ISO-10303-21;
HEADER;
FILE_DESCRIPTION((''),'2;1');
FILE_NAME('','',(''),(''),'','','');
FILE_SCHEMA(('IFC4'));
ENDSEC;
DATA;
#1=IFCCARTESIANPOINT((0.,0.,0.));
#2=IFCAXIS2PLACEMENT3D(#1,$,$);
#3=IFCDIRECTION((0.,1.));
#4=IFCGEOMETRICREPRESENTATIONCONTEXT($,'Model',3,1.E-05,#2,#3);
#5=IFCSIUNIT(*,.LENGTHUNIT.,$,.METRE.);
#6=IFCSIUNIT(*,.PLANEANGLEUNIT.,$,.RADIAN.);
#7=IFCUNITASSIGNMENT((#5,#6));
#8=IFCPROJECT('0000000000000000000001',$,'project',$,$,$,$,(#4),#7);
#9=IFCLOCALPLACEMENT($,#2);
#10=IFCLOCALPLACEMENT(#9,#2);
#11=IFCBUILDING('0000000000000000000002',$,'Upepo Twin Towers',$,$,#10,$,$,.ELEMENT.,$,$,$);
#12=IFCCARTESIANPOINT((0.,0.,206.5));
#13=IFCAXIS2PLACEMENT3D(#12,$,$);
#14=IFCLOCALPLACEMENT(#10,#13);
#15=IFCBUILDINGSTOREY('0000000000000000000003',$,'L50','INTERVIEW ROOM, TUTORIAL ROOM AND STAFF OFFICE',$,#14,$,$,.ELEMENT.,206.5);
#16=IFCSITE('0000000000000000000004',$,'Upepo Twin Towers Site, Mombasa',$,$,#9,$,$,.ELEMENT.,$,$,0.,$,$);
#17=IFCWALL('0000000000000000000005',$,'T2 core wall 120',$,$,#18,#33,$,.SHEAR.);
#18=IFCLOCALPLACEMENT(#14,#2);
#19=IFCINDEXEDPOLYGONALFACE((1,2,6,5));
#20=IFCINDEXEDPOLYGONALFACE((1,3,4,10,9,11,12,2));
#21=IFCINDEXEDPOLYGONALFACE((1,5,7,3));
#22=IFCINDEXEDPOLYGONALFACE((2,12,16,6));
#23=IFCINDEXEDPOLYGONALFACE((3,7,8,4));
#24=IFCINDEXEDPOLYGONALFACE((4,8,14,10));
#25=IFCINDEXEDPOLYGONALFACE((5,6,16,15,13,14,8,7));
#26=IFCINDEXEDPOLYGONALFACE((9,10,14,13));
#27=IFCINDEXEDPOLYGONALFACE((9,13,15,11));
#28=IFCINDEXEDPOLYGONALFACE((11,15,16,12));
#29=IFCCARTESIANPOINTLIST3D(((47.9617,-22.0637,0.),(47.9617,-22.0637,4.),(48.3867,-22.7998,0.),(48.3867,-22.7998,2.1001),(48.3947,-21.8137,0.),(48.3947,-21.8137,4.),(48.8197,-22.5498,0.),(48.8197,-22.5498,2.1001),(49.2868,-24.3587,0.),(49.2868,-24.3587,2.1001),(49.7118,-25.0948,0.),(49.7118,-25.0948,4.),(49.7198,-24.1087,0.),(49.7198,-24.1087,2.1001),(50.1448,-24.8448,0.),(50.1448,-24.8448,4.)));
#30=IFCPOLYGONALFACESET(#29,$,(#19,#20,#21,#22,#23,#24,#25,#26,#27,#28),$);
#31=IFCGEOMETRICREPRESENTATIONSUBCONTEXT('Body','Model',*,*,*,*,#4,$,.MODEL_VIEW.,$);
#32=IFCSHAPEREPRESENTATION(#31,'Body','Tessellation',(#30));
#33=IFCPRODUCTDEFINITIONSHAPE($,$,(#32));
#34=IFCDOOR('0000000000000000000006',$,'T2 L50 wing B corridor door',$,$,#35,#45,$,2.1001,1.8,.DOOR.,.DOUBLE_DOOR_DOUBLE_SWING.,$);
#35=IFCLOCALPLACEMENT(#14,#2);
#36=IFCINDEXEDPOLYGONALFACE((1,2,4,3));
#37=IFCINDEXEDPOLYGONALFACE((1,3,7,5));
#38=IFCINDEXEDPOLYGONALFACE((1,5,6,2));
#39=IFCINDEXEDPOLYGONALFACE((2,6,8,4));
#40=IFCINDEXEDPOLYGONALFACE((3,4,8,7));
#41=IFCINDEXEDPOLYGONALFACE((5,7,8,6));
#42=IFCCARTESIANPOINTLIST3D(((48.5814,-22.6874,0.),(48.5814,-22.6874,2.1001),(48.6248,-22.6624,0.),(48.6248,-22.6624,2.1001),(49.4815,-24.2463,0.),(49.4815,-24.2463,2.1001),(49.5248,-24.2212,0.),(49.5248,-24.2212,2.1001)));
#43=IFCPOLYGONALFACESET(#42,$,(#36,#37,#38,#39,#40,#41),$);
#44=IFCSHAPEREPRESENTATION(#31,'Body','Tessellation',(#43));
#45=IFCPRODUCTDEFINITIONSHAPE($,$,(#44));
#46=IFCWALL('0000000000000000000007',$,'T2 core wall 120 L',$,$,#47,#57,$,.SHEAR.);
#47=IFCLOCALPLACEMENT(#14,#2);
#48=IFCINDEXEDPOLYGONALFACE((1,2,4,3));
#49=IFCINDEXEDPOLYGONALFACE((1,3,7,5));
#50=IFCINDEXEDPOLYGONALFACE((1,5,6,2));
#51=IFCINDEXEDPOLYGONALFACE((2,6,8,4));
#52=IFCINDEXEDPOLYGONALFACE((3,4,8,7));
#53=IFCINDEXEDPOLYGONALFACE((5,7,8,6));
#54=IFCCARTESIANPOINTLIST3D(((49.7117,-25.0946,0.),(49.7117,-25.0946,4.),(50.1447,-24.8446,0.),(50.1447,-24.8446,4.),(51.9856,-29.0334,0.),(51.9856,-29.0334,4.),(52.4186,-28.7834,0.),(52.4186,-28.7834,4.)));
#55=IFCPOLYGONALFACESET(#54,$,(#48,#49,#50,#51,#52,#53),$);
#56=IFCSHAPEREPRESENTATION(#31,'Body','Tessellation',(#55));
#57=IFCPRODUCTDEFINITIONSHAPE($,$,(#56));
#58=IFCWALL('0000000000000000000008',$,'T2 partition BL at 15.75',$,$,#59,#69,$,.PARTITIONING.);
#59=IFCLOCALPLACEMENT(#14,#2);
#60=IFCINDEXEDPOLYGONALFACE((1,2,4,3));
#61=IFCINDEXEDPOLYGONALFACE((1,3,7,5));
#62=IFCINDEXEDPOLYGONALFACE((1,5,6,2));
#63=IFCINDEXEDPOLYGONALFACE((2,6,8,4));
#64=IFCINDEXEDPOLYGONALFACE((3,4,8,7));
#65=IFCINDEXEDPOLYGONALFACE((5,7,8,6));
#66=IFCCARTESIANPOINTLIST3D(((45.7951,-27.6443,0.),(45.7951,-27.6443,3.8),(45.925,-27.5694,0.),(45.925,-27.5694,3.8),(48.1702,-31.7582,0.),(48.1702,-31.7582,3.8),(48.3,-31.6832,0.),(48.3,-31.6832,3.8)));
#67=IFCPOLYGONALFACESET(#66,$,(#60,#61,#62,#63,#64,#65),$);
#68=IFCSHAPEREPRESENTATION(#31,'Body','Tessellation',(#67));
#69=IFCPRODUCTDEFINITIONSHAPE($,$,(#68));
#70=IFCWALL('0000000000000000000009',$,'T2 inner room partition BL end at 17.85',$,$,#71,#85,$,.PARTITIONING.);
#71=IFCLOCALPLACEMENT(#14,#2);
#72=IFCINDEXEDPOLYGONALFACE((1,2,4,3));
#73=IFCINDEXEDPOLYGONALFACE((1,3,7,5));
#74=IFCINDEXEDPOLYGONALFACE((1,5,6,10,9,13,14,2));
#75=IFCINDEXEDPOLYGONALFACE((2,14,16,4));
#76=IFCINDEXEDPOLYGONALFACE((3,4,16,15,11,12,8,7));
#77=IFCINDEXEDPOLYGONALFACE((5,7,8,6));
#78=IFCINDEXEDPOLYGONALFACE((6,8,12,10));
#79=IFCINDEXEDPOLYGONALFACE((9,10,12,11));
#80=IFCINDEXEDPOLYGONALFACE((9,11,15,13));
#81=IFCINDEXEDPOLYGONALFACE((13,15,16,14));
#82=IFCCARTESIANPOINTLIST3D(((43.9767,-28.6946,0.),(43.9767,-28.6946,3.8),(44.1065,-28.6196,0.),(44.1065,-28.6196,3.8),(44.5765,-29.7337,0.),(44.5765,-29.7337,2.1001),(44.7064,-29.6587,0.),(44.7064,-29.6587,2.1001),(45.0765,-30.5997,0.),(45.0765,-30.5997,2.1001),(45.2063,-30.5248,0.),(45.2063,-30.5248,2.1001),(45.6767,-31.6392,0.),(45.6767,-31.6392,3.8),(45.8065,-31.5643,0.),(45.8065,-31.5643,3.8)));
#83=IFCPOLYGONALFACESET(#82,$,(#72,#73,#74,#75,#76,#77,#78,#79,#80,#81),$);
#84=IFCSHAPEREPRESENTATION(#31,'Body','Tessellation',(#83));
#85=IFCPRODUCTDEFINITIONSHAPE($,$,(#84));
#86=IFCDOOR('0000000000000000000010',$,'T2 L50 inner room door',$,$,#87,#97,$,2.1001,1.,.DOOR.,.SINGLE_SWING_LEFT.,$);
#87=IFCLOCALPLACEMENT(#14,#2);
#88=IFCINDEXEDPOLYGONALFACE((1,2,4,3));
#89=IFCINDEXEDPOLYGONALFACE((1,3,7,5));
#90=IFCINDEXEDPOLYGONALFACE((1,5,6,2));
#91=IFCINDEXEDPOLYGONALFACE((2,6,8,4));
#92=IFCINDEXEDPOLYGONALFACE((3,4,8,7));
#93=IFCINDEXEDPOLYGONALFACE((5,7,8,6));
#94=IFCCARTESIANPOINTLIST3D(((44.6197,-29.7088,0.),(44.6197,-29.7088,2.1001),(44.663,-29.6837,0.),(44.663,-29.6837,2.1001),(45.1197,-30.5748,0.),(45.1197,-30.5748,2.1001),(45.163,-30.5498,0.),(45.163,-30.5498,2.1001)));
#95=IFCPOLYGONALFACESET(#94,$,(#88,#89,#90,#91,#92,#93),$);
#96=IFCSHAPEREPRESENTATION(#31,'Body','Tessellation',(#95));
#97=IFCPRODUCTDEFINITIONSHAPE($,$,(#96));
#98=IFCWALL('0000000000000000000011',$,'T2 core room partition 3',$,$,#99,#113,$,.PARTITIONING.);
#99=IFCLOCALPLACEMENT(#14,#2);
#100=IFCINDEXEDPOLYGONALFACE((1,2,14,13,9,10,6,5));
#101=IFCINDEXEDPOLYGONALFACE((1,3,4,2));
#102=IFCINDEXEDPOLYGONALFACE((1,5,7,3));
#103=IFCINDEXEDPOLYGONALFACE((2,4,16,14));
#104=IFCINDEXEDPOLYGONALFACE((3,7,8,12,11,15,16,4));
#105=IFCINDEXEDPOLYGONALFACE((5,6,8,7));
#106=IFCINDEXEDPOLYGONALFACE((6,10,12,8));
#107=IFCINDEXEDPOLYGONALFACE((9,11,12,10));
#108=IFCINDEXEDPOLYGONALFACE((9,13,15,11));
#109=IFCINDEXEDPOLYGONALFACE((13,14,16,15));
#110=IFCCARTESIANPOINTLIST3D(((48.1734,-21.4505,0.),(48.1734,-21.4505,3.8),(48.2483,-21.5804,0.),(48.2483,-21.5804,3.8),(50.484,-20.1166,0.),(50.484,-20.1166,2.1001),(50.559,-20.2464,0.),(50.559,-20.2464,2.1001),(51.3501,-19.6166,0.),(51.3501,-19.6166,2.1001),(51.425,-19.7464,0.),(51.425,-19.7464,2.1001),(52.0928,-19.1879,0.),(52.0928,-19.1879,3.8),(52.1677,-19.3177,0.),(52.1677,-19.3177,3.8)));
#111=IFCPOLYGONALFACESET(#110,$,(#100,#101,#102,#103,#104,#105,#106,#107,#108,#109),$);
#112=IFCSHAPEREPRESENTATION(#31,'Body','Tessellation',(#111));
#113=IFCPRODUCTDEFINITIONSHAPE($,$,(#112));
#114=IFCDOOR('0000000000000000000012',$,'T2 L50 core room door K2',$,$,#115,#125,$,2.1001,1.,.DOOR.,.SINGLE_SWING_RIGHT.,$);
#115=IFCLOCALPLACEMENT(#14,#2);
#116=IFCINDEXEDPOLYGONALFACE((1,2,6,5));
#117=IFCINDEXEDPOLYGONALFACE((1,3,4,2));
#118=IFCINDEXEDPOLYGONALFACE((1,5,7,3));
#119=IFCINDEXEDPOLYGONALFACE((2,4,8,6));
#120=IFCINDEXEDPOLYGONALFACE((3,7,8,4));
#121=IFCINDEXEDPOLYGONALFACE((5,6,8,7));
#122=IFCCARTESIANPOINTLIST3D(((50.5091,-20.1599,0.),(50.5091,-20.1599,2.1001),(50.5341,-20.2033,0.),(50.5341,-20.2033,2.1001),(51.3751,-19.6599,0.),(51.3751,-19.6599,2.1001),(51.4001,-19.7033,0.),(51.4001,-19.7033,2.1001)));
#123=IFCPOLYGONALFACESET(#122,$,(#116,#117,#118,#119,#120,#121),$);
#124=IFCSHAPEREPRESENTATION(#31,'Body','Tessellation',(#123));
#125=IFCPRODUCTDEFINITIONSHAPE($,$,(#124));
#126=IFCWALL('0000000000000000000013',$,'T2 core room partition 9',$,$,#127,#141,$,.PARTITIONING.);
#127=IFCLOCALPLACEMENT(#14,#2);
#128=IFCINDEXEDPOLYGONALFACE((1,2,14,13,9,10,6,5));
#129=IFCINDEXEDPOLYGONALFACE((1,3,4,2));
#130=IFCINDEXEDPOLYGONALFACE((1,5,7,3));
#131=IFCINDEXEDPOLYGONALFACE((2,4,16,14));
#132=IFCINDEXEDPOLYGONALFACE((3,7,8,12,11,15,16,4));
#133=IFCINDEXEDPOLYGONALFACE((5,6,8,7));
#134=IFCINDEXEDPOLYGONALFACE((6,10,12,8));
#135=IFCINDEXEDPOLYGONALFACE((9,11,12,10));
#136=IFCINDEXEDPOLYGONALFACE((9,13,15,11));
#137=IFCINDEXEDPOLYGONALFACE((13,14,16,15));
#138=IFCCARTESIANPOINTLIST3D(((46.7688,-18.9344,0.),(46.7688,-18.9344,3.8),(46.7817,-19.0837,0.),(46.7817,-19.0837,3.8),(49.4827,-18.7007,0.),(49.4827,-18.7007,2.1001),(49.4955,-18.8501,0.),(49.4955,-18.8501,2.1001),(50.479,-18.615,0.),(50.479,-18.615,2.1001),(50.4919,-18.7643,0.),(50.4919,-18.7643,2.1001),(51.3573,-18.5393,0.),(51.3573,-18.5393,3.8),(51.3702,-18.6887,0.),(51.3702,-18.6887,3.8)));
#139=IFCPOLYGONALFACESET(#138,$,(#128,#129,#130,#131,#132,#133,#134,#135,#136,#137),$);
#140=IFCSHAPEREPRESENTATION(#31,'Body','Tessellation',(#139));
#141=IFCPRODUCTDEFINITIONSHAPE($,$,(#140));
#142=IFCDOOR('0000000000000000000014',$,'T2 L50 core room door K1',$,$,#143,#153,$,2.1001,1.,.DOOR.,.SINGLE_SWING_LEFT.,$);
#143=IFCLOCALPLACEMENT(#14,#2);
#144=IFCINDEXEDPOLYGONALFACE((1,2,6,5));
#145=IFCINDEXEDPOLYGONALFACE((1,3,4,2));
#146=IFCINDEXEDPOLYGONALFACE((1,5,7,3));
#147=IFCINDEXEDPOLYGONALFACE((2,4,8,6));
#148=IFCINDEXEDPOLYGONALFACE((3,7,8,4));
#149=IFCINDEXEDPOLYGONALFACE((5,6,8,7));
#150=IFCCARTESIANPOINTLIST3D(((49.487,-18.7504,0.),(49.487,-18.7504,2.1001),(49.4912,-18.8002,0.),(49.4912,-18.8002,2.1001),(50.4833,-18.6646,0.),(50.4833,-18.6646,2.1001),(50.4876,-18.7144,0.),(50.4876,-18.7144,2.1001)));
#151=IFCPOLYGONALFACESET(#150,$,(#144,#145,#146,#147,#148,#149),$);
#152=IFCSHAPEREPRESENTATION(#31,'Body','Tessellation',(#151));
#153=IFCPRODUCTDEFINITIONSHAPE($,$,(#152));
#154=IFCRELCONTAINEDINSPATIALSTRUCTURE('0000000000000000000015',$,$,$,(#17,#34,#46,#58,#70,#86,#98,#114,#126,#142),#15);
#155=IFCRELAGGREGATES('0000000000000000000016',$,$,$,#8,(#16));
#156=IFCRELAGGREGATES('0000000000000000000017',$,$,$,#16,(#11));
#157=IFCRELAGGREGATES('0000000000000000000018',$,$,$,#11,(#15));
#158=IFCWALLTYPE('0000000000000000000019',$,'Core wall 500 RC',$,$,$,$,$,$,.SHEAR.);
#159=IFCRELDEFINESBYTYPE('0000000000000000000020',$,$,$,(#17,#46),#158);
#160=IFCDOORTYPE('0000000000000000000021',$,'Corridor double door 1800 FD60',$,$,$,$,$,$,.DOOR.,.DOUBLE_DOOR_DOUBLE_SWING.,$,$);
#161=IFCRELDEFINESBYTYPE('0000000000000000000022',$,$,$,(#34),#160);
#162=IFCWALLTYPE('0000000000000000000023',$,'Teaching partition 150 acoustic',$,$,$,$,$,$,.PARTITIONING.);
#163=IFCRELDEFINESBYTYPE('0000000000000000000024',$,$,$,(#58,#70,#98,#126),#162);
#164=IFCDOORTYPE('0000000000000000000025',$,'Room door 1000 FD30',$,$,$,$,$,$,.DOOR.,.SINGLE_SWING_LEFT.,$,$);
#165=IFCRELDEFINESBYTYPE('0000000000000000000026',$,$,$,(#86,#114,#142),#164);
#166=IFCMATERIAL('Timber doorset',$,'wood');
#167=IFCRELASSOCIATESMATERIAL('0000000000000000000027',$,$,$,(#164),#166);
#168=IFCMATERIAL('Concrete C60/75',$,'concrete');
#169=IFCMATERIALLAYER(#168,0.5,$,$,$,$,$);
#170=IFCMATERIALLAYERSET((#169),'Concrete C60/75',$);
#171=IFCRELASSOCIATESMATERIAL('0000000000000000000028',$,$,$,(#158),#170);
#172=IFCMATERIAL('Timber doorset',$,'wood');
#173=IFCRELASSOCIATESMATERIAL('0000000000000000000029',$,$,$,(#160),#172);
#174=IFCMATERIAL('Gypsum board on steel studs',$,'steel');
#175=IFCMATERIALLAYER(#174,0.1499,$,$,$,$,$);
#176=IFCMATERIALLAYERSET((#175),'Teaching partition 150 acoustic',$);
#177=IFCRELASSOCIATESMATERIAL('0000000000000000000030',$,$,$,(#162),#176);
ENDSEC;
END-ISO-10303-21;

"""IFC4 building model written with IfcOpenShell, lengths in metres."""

from ifc_helpers import new_model, si_unit, direction, frame, frame_2d, origin, place, context, subcontext, project, spatial, rectangle, extrude, material, layer, layer_set, type_object, element, fill, save


model = new_model("IFC4")

# Units and contexts
model_context = context("Model", 3, precision=1e-05, world=origin(), true_north=direction((0.0, 1.0)))
body_context = subcontext(model_context, "Body", "Model", "MODEL_VIEW")
ifc_project = project(units=[si_unit("LENGTHUNIT", "METRE"), si_unit("PLANEANGLEUNIT", "RADIAN")], contexts=[model_context])

# Site, building, storey
site_placement = place(None, origin())
site = spatial("IfcSite", under=ifc_project, at=site_placement, Name="Upepo Twin Towers Site, Mombasa", CompositionType="ELEMENT", RefElevation=0.0)
building_placement = place(site_placement, origin())
building = spatial("IfcBuilding", under=site, at=building_placement, Name="Upepo Twin Towers", CompositionType="ELEMENT")
storey_placement = place(building_placement, frame((0.0, 0.0, 206.5)))
storey = spatial("IfcBuildingStorey", under=building, at=storey_placement, Name="L50", Description="INTERVIEW ROOM, TUTORIAL ROOM AND STAFF OFFICE", CompositionType="ELEMENT", Elevation=206.5)

# Shared definitions
ifc_material_1 = material(Name="Timber doorset", Category="wood")
door_type_1 = type_object("IfcDoorType", Name="Room door 1000 FD30", OperationType="SINGLE_SWING_LEFT", PredefinedType="DOOR", material=ifc_material_1)

# Shared definitions
ifc_material_2 = material(Name="Concrete C60/75", Category="concrete")
ifc_layer_1 = layer(ifc_material_2, 0.5)
ifc_layer_set_1 = layer_set([ifc_layer_1], Name="Concrete C60/75")
wall_type_1 = type_object("IfcWallType", Name="Core wall 500 RC", PredefinedType="SHEAR", material=ifc_layer_set_1)

# Wall, opening, door
wall_1_placement = place(storey_placement, frame((48.1782, -21.9387, 0.0), z_axis=(0.0, 0.0, 1.0), x_axis=(0.50001, -0.866019, 0.0)))
wall_1 = element("IfcWall", 1, at=wall_1_placement, inside=storey, type_object=wall_type_1, Name="T2 core wall 120", PredefinedType="SHEAR", context=body_context, shape_type="SweptSolid", body=[
    extrude(rectangle(XDim=3.5, YDim=0.5, at=frame_2d((1.75, 0.0))), origin(), (0.0, 0.0, 1.0), 4.0),
])
opening_1_placement = place(wall_1_placement, frame((0.8501, 0.0, 0.0)))
opening_1 = element("IfcOpeningElement", 2, at=opening_1_placement, cuts=wall_1, PredefinedType="OPENING", context=body_context, shape_type="SweptSolid", body=[
    extrude(rectangle(XDim=1.8, YDim=2.1001, at=frame_2d((0.8999, 1.05))), frame((0.0, 0.26, 0.0), z_axis=(0.0, -1.0, 0.0), x_axis=(1.0, 0.0, 0.0)), (0.0, 0.0, 1.0), 0.52),
])
ifc_material_3 = material(Name="Timber doorset", Category="wood")
door_type_2 = type_object("IfcDoorType", Name="Corridor double door 1800 FD60", OperationType="DOUBLE_DOOR_DOUBLE_SWING", PredefinedType="DOOR", material=ifc_material_3)
door_1_placement = place(opening_1_placement, origin())
door_1 = element("IfcDoor", 3, at=door_1_placement, inside=storey, type_object=door_type_2, Name="T2 L50 wing B corridor door", OperationType="DOUBLE_DOOR_DOUBLE_SWING", OverallHeight=2.1001, OverallWidth=1.8, PredefinedType="DOOR", context=body_context, shape_type="SweptSolid", body=[
    extrude(rectangle(XDim=1.8, YDim=2.1001, at=frame_2d((0.8999, 1.05))), frame((0.0, 0.0249, 0.0), z_axis=(0.0, -1.0, 0.0), x_axis=(1.0, 0.0, 0.0)), (0.0, 0.0, 1.0), 0.05),
])
fill(opening_1, door_1)

# Walls
wall_2_placement = place(storey_placement, frame((49.9282, -24.9697, 0.0), z_axis=(0.0, 0.0, 1.0), x_axis=(0.499984, -0.866035, 0.0)))
element("IfcWall", 4, at=wall_2_placement, inside=storey, type_object=wall_type_1, Name="T2 core wall 120 L", PredefinedType="SHEAR", context=body_context, shape_type="SweptSolid", body=[
    extrude(rectangle(XDim=4.5481, YDim=0.5, at=frame_2d((2.2739, 0.0))), origin(), (0.0, 0.0, 1.0), 4.0),
])
ifc_material_4 = material(Name="Gypsum board on steel studs", Category="steel")
ifc_layer_2 = layer(ifc_material_4, 0.1499)
ifc_layer_set_2 = layer_set([ifc_layer_2], Name="Teaching partition 150 acoustic")
wall_type_2 = type_object("IfcWallType", Name="Teaching partition 150 acoustic", PredefinedType="PARTITIONING", material=ifc_layer_set_2)
wall_3_placement = place(storey_placement, frame((45.8601, -27.6069, 0.0), z_axis=(0.0, 0.0, 1.0), x_axis=(0.499986, -0.866033, 0.0)))
element("IfcWall", 5, at=wall_3_placement, inside=storey, type_object=wall_type_2, Name="T2 partition BL at 15.75", PredefinedType="PARTITIONING", context=body_context, shape_type="SweptSolid", body=[
    extrude(rectangle(XDim=4.7502, YDim=0.1499, at=frame_2d((2.375, 0.0))), origin(), (0.0, 0.0, 1.0), 3.8),
])

# Walls, openings, doors
wall_4_placement = place(storey_placement, frame((44.0415, -28.657, 0.0), z_axis=(0.0, 0.0, 1.0), x_axis=(0.499977, -0.866039, 0.0)))
wall_4 = element("IfcWall", 6, at=wall_4_placement, inside=storey, type_object=wall_type_2, Name="T2 inner room partition BL end at 17.85", PredefinedType="PARTITIONING", context=body_context, shape_type="SweptSolid", body=[
    extrude(rectangle(XDim=3.4001, YDim=0.1499, at=frame_2d((1.7002, 0.0))), origin(), (0.0, 0.0, 1.0), 3.8),
])
opening_2_placement = place(wall_4_placement, frame((1.2, 0.0, 0.0)))
opening_2 = element("IfcOpeningElement", 7, at=opening_2_placement, cuts=wall_4, PredefinedType="OPENING", context=body_context, shape_type="SweptSolid", body=[
    extrude(rectangle(XDim=1.0, YDim=2.1001, at=frame_2d((0.5, 1.05))), frame((0.0, 0.085, 0.0), z_axis=(0.0, -1.0, 0.0), x_axis=(1.0, 0.0, 0.0)), (0.0, 0.0, 1.0), 0.1699),
])
door_2_placement = place(opening_2_placement, origin())
door_2 = element("IfcDoor", 8, at=door_2_placement, inside=storey, type_object=door_type_1, Name="T2 L50 inner room door", OperationType="SINGLE_SWING_LEFT", OverallHeight=2.1001, OverallWidth=1.0, PredefinedType="DOOR", context=body_context, shape_type="SweptSolid", body=[
    extrude(rectangle(XDim=1.0, YDim=2.1001, at=frame_2d((0.5, 1.05))), frame((0.0, 0.0249, 0.0), z_axis=(0.0, -1.0, 0.0), x_axis=(1.0, 0.0, 0.0)), (0.0, 0.0, 1.0), 0.05),
])
fill(opening_2, door_2)
wall_5_placement = place(storey_placement, frame((48.2109, -21.5154, 0.0), z_axis=(0.0, 0.0, 1.0), x_axis=(0.866044, 0.499968, 0.0)))
wall_5 = element("IfcWall", 9, at=wall_5_placement, inside=storey, type_object=wall_type_2, Name="T2 core room partition 3", PredefinedType="PARTITIONING", context=body_context, shape_type="SweptSolid", body=[
    extrude(rectangle(XDim=4.5256, YDim=0.1499, at=frame_2d((2.2627, 0.0))), origin(), (0.0, 0.0, 1.0), 3.8),
])
opening_3_placement = place(wall_5_placement, frame((2.668, 0.0, 0.0)))
opening_3 = element("IfcOpeningElement", 10, at=opening_3_placement, cuts=wall_5, PredefinedType="OPENING", context=body_context, shape_type="SweptSolid", body=[
    extrude(rectangle(XDim=1.0, YDim=2.1001, at=frame_2d((0.5, 1.05))), frame((0.0, 0.085, 0.0), z_axis=(0.0, -1.0, 0.0), x_axis=(1.0, 0.0, 0.0)), (0.0, 0.0, 1.0), 0.1699),
])
door_3_placement = place(opening_3_placement, origin())
door_3 = element("IfcDoor", 11, at=door_3_placement, inside=storey, type_object=door_type_1, Name="T2 L50 core room door K2", OperationType="SINGLE_SWING_RIGHT", OverallHeight=2.1001, OverallWidth=1.0, PredefinedType="DOOR", context=body_context, shape_type="SweptSolid", body=[
    extrude(rectangle(XDim=1.0, YDim=2.1001, at=frame_2d((0.5, 1.05))), frame((0.0, 0.0249, 0.0), z_axis=(0.0, -1.0, 0.0), x_axis=(1.0, 0.0, 0.0)), (0.0, 0.0, 1.0), 0.05),
])
fill(opening_3, door_3)
wall_6_placement = place(storey_placement, frame((51.3638, -18.614, 0.0), z_axis=(0.0, 0.0, 1.0), x_axis=(-0.996315, -0.085774, 0.0)))
wall_6 = element("IfcWall", 12, at=wall_6_placement, inside=storey, type_object=wall_type_2, Name="T2 core room partition 9", PredefinedType="PARTITIONING", context=body_context, shape_type="SweptSolid", body=[
    extrude(rectangle(XDim=4.6055, YDim=0.1499, at=frame_2d((2.3027, 0.0))), origin(), (0.0, 0.0, 1.0), 3.8),
])
opening_4_placement = place(wall_6_placement, frame((0.8816, 0.0, 0.0)))
opening_4 = element("IfcOpeningElement", 13, at=opening_4_placement, cuts=wall_6, PredefinedType="OPENING", context=body_context, shape_type="SweptSolid", body=[
    extrude(rectangle(XDim=1.0, YDim=2.1001, at=frame_2d((0.5, 1.05))), frame((0.0, 0.085, 0.0), z_axis=(0.0, -1.0, 0.0), x_axis=(1.0, 0.0, 0.0)), (0.0, 0.0, 1.0), 0.1699),
])
door_4_placement = place(opening_4_placement, origin())
door_4 = element("IfcDoor", 14, at=door_4_placement, inside=storey, type_object=door_type_1, Name="T2 L50 core room door K1", OperationType="SINGLE_SWING_LEFT", OverallHeight=2.1001, OverallWidth=1.0, PredefinedType="DOOR", context=body_context, shape_type="SweptSolid", body=[
    extrude(rectangle(XDim=1.0, YDim=2.1001, at=frame_2d((0.5, 1.05))), frame((0.0, 0.0249, 0.0), z_axis=(0.0, -1.0, 0.0), x_axis=(1.0, 0.0, 0.0)), (0.0, 0.0, 1.0), 0.05),
])
fill(opening_4, door_4)

save(model, "model.ifc")
